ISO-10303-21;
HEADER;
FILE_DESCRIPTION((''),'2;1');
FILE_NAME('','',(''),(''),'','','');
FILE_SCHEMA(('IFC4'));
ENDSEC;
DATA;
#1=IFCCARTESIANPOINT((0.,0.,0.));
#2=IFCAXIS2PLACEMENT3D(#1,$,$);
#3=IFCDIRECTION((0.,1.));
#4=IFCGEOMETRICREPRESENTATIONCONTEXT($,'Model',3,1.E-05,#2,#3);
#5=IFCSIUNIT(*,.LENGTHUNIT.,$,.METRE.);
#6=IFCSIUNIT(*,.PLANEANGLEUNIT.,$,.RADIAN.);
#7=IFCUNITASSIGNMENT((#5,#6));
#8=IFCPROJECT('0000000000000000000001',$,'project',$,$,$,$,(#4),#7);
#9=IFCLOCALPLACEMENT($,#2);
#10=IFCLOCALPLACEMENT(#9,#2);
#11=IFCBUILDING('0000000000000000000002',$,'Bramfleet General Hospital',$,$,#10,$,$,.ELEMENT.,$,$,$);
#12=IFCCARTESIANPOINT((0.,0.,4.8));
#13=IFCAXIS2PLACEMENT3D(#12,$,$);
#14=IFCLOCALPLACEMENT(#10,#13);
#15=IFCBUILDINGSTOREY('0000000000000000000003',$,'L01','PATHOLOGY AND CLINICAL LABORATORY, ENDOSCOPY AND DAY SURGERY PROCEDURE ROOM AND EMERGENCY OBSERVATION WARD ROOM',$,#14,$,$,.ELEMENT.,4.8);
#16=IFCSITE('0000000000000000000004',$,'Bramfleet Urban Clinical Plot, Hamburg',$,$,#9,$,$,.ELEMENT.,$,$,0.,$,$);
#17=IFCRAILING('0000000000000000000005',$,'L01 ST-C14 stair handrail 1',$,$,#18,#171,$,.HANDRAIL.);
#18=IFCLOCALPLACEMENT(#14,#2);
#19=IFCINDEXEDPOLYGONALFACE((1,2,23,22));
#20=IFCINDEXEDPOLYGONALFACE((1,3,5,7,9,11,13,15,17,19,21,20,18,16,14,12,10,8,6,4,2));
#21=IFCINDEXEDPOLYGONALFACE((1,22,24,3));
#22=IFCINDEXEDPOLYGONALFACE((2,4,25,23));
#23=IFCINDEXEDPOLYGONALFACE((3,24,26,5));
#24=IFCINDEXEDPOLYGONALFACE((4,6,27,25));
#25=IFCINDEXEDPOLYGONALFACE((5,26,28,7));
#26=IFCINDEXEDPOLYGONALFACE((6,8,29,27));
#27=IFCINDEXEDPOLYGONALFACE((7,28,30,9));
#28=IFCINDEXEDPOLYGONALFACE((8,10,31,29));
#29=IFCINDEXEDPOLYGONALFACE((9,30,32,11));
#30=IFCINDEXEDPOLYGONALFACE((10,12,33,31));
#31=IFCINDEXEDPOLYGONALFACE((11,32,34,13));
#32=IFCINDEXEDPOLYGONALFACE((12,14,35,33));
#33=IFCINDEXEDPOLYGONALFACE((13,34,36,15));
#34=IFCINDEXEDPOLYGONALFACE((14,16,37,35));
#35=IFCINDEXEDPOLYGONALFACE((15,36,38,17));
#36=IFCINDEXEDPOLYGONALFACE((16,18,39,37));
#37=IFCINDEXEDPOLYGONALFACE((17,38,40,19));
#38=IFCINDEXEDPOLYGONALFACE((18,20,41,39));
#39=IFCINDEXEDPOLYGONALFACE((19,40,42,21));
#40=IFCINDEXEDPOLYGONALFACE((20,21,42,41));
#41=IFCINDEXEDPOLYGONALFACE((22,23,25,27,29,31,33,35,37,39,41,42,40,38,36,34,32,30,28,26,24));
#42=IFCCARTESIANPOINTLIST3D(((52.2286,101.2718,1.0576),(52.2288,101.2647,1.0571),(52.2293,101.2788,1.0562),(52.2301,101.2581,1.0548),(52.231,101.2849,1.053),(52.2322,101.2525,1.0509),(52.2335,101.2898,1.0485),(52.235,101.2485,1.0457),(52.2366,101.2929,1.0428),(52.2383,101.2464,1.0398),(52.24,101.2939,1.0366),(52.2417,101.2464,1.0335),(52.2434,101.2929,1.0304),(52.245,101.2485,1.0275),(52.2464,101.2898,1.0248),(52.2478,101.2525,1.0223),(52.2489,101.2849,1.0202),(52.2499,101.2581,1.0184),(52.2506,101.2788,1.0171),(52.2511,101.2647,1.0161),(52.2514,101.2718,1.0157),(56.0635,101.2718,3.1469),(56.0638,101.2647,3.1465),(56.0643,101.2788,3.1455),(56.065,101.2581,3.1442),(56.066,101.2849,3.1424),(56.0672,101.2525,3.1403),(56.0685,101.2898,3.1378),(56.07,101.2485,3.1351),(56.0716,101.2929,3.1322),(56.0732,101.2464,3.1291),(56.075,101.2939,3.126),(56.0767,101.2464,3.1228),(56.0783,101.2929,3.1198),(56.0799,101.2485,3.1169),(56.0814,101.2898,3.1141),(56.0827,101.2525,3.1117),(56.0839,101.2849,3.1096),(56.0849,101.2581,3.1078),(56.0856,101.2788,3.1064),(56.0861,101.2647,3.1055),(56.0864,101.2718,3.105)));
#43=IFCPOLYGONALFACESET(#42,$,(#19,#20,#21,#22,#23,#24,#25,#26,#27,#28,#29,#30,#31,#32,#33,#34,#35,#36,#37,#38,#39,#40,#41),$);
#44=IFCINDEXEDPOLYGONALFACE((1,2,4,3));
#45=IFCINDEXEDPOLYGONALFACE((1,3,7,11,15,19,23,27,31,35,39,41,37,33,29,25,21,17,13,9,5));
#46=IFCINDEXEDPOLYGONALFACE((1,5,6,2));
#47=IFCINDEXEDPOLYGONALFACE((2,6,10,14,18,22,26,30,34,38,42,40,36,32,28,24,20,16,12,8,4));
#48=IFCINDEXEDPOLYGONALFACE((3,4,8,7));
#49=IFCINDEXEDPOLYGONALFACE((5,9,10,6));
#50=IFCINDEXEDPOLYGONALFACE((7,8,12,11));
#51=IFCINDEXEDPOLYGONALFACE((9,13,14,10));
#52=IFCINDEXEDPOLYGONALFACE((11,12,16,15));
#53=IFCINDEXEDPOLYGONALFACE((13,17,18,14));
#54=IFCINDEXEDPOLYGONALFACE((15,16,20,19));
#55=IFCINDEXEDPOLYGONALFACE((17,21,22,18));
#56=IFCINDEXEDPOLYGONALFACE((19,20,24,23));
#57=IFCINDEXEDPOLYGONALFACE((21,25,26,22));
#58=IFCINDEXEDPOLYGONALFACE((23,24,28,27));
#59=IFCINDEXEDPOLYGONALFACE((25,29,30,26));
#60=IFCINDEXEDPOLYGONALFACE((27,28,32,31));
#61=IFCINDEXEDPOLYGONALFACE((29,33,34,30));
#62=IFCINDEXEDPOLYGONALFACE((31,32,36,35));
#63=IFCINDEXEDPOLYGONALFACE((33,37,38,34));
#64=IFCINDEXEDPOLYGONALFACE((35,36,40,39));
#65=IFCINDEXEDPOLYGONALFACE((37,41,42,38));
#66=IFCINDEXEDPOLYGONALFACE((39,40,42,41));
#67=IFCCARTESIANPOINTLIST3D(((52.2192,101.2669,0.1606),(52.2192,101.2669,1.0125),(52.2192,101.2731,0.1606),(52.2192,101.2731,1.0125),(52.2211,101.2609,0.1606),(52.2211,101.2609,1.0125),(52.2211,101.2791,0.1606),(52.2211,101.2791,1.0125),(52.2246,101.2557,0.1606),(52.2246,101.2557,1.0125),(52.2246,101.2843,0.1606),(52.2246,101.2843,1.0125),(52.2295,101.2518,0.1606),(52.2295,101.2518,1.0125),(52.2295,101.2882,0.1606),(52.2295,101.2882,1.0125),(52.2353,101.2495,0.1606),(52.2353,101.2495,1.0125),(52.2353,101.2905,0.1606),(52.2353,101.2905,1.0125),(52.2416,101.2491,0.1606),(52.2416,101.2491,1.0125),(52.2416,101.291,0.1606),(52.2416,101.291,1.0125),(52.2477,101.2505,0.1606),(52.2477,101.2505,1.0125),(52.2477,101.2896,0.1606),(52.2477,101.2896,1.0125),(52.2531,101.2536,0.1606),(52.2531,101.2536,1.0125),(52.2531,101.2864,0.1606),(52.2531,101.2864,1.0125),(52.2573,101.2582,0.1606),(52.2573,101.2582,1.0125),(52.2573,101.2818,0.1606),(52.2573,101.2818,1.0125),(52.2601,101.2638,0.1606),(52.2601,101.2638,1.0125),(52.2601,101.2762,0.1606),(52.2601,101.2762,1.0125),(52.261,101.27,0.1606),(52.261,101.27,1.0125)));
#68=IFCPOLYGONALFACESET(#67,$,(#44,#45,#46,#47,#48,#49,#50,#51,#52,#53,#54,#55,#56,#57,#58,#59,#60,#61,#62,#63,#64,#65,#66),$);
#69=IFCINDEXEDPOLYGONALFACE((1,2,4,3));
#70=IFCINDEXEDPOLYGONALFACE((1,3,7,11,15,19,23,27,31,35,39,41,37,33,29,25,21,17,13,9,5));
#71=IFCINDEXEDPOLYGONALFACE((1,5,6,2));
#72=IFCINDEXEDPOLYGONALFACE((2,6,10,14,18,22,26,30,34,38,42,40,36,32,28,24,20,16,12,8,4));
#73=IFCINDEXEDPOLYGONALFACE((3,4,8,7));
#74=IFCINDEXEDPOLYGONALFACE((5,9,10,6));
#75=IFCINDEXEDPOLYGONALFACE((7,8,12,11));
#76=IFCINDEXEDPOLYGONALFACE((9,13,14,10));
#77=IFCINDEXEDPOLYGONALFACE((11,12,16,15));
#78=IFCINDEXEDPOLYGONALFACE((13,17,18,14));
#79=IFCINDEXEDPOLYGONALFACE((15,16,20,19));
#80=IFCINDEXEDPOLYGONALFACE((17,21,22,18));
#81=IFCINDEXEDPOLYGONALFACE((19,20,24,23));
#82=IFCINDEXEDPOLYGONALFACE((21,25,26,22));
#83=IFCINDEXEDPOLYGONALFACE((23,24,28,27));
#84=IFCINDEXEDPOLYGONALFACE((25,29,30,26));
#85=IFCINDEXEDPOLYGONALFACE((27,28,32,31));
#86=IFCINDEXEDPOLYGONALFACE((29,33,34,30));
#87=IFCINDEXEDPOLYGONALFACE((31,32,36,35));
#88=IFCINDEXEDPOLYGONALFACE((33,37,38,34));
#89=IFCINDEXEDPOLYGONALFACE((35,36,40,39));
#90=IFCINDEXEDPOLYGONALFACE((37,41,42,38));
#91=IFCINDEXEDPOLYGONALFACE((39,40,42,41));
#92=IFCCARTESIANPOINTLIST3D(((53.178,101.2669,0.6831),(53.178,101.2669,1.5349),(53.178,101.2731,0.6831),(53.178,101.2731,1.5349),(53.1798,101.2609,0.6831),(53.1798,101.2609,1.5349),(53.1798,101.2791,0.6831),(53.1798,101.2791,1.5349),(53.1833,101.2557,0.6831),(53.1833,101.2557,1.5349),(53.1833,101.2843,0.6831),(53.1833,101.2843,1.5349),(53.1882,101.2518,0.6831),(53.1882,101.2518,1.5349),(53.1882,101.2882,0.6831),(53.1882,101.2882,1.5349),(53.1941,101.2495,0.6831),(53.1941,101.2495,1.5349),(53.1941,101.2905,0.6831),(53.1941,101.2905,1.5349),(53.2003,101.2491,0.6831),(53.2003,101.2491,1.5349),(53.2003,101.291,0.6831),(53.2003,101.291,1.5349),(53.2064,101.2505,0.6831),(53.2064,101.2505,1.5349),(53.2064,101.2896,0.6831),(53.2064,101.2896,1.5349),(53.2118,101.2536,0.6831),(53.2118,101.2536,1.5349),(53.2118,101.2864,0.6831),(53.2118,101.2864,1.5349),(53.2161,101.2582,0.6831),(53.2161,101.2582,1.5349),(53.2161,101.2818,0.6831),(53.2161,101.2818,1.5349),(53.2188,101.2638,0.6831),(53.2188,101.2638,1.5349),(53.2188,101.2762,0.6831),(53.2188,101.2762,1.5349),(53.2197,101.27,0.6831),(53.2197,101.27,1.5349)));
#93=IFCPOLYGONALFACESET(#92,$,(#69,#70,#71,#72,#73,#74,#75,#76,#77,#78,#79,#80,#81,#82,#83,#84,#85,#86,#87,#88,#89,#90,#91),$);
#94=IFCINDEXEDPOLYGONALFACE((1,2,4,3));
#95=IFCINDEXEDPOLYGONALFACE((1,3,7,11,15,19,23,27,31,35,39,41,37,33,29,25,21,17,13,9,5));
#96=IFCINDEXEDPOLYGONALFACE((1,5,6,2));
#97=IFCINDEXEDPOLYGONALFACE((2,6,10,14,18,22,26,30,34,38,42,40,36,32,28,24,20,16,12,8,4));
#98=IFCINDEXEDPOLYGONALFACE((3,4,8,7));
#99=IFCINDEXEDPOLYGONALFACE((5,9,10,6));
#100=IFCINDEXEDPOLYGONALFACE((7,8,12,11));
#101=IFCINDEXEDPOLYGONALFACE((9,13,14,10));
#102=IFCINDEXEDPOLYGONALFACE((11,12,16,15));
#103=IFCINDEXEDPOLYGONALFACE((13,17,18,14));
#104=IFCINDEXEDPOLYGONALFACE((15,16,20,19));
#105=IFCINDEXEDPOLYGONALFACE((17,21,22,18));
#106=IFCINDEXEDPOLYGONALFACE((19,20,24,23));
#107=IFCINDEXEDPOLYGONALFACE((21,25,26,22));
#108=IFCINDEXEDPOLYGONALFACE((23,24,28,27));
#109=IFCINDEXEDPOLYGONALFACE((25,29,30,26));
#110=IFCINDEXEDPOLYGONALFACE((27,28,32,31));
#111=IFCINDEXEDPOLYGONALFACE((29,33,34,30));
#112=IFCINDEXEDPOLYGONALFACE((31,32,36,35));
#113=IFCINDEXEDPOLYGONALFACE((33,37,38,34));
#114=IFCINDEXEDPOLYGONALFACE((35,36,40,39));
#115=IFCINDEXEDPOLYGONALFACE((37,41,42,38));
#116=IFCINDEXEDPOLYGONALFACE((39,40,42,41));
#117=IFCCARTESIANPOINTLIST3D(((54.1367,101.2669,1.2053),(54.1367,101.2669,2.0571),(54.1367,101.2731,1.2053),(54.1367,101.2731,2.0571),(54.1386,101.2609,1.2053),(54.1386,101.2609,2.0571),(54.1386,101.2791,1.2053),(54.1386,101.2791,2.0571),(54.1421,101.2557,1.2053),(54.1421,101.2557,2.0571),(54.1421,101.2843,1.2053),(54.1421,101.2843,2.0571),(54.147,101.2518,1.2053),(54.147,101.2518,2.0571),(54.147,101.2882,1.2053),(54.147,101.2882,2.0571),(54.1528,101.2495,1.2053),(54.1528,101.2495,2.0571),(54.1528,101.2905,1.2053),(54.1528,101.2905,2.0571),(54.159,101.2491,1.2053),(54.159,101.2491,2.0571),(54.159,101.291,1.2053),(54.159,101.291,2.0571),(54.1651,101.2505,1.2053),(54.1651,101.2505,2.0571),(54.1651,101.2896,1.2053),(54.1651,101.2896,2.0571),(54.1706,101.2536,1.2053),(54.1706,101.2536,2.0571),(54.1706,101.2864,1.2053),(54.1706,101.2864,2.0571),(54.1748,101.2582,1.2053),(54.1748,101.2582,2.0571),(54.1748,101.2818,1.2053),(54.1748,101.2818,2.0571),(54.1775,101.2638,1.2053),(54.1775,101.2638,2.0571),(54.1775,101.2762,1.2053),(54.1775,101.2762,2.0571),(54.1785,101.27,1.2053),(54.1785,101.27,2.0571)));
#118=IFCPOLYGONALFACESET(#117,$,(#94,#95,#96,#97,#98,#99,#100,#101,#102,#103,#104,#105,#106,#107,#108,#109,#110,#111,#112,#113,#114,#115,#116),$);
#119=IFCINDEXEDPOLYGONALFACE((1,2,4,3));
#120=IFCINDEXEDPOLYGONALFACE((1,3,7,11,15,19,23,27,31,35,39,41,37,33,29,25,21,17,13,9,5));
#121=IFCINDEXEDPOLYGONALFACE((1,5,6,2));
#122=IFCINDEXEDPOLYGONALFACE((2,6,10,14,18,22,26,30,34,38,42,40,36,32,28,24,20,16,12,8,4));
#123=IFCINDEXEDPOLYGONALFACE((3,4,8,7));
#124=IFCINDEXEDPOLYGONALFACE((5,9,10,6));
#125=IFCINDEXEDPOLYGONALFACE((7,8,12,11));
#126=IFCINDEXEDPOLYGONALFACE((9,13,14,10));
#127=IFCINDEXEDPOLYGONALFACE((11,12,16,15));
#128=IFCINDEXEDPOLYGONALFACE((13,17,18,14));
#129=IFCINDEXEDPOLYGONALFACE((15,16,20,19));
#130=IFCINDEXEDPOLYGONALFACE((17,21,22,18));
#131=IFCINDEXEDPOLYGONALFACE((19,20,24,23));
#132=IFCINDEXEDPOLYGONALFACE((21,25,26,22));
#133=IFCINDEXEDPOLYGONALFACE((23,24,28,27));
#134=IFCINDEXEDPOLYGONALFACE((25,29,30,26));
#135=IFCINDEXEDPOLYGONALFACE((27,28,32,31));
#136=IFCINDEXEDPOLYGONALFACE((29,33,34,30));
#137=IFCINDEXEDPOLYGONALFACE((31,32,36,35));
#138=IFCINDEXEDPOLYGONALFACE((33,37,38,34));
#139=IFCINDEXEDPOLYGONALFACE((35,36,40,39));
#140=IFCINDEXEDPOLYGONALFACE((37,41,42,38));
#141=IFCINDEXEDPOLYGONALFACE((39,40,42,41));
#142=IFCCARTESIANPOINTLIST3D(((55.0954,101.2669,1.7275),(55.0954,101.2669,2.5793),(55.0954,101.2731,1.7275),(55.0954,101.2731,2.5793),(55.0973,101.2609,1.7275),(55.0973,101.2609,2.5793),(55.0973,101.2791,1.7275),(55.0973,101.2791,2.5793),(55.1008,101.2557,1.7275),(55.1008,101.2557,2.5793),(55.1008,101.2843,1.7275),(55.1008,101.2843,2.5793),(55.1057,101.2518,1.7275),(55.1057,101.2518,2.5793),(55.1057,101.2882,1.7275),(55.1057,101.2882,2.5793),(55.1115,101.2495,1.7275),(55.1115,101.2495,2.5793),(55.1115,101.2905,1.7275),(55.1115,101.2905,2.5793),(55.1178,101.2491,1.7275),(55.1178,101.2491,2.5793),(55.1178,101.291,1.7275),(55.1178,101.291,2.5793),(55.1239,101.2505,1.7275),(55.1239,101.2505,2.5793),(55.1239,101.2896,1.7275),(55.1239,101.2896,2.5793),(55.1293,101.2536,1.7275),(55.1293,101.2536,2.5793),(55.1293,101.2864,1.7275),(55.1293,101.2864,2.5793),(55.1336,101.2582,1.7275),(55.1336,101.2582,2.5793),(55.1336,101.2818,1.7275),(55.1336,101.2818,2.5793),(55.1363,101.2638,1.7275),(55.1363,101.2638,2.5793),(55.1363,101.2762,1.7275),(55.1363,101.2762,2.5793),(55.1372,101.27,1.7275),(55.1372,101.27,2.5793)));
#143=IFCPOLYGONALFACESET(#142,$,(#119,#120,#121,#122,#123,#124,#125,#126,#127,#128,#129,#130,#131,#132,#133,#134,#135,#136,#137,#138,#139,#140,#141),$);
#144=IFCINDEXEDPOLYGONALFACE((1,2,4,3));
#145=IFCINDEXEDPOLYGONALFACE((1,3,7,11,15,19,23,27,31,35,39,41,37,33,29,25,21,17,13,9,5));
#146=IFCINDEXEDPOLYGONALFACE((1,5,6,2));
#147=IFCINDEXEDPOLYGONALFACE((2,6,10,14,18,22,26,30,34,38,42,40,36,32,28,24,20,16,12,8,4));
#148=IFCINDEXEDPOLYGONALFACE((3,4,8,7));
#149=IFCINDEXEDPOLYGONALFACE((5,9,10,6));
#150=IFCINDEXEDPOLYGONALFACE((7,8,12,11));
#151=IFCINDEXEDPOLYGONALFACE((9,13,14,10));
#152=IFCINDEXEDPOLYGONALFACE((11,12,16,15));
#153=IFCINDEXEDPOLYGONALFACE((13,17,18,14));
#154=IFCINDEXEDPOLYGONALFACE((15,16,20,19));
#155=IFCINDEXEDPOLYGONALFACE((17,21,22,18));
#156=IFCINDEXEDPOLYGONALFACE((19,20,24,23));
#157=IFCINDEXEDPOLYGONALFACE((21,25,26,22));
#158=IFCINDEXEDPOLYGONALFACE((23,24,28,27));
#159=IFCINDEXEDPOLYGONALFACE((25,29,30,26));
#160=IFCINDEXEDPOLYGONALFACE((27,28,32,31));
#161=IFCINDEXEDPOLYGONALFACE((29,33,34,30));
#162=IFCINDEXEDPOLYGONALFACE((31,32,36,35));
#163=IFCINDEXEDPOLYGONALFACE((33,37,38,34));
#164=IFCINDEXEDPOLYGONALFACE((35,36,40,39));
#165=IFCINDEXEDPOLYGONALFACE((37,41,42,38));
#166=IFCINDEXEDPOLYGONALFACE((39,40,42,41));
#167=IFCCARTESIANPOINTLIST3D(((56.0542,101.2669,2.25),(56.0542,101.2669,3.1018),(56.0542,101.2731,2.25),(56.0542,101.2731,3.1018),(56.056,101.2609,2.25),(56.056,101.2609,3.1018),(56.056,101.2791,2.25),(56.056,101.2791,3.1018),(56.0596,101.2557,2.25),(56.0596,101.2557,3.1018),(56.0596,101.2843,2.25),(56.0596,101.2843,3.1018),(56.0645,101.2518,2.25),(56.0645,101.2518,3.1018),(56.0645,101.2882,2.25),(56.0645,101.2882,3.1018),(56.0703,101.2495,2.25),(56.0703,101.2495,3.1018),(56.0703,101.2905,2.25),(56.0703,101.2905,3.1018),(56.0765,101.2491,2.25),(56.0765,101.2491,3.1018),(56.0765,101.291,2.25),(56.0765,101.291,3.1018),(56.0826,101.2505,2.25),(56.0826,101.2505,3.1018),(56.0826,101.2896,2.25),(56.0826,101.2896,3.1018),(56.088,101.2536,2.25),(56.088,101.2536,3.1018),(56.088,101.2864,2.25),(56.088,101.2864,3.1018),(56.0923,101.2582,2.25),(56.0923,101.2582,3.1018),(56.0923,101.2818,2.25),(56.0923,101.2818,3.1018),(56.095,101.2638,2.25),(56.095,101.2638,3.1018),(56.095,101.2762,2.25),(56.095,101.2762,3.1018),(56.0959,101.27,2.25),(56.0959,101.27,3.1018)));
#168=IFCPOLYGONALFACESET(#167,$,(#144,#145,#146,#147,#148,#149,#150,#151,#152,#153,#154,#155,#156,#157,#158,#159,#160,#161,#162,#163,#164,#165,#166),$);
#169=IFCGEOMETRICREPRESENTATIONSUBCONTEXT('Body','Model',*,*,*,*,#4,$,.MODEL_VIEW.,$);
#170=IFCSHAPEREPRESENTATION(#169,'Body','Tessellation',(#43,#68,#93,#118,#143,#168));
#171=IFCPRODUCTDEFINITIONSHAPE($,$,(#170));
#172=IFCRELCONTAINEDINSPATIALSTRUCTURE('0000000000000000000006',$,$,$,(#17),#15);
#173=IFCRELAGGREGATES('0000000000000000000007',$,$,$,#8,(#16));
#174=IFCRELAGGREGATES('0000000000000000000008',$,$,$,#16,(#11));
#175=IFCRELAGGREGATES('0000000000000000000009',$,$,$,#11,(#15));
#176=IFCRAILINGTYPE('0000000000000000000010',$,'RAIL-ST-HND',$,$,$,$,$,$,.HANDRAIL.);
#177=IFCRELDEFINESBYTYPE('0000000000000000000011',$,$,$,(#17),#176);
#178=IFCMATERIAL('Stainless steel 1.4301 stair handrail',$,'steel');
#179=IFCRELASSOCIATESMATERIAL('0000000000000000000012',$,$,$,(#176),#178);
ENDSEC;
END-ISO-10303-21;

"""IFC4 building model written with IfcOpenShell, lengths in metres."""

from ifc_helpers import new_model, si_unit, direction, frame, origin, origin_2d, place, context, subcontext, project, spatial, circle, extrude, material, type_object, element, save


model = new_model("IFC4")

# Units and contexts
model_context = context("Model", 3, precision=1e-05, world=origin(), true_north=direction((0.0, 1.0)))
body_context = subcontext(model_context, "Body", "Model", "MODEL_VIEW")
ifc_project = project(units=[si_unit("LENGTHUNIT", "METRE"), si_unit("PLANEANGLEUNIT", "RADIAN")], contexts=[model_context])

# Site, building, storey
site_placement = place(None, origin())
site = spatial("IfcSite", under=ifc_project, at=site_placement, Name="Bramfleet Urban Clinical Plot, Hamburg", CompositionType="ELEMENT", RefElevation=0.0)
building_placement = place(site_placement, origin())
building = spatial("IfcBuilding", under=site, at=building_placement, Name="Bramfleet General Hospital", CompositionType="ELEMENT")
storey_placement = place(building_placement, frame((0.0, 0.0, 4.8)))
storey = spatial("IfcBuildingStorey", under=building, at=storey_placement, Name="L01", Description="PATHOLOGY AND CLINICAL LABORATORY, ENDOSCOPY AND DAY SURGERY PROCEDURE ROOM AND EMERGENCY OBSERVATION WARD ROOM", CompositionType="ELEMENT", Elevation=4.8)

# Railing
ifc_material_1 = material(Name="Stainless steel 1.4301 stair handrail", Category="steel")
railing_type_1 = type_object("IfcRailingType", Name="RAIL-ST-HND", PredefinedType="HANDRAIL", material=ifc_material_1)
railing_1_placement = place(storey_placement, frame((52.24, 101.27, 0.1606)))
element("IfcRailing", 1, at=railing_1_placement, inside=storey, type_object=railing_type_1, Name="L01 ST-C14 stair handrail 1", PredefinedType="HANDRAIL", context=body_context, shape_type="SweptSolid", body=[
    extrude(circle(Radius=0.0239, at=origin_2d()), frame((0.0, 0.0, 0.876), z_axis=(0.87813, 0.0, 0.478421), x_axis=(0.0, 1.0, 0.0)), (0.0, 0.0, 1.0), 4.3672),
    extrude(circle(Radius=0.021, at=origin_2d()), origin(), (0.0, 0.0, 1.0), 0.8518),
    extrude(circle(Radius=0.021, at=origin_2d()), frame((0.9587, 0.0, 0.5225)), (0.0, 0.0, 1.0), 0.8518),
    extrude(circle(Radius=0.021, at=origin_2d()), frame((1.9175, 0.0, 1.0447)), (0.0, 0.0, 1.0), 0.8518),
    extrude(circle(Radius=0.021, at=origin_2d()), frame((2.8762, 0.0, 1.5669)), (0.0, 0.0, 1.0), 0.8518),
    extrude(circle(Radius=0.021, at=origin_2d()), frame((3.835, 0.0, 2.0894)), (0.0, 0.0, 1.0), 0.8518),
])

save(model, "model.ifc")
